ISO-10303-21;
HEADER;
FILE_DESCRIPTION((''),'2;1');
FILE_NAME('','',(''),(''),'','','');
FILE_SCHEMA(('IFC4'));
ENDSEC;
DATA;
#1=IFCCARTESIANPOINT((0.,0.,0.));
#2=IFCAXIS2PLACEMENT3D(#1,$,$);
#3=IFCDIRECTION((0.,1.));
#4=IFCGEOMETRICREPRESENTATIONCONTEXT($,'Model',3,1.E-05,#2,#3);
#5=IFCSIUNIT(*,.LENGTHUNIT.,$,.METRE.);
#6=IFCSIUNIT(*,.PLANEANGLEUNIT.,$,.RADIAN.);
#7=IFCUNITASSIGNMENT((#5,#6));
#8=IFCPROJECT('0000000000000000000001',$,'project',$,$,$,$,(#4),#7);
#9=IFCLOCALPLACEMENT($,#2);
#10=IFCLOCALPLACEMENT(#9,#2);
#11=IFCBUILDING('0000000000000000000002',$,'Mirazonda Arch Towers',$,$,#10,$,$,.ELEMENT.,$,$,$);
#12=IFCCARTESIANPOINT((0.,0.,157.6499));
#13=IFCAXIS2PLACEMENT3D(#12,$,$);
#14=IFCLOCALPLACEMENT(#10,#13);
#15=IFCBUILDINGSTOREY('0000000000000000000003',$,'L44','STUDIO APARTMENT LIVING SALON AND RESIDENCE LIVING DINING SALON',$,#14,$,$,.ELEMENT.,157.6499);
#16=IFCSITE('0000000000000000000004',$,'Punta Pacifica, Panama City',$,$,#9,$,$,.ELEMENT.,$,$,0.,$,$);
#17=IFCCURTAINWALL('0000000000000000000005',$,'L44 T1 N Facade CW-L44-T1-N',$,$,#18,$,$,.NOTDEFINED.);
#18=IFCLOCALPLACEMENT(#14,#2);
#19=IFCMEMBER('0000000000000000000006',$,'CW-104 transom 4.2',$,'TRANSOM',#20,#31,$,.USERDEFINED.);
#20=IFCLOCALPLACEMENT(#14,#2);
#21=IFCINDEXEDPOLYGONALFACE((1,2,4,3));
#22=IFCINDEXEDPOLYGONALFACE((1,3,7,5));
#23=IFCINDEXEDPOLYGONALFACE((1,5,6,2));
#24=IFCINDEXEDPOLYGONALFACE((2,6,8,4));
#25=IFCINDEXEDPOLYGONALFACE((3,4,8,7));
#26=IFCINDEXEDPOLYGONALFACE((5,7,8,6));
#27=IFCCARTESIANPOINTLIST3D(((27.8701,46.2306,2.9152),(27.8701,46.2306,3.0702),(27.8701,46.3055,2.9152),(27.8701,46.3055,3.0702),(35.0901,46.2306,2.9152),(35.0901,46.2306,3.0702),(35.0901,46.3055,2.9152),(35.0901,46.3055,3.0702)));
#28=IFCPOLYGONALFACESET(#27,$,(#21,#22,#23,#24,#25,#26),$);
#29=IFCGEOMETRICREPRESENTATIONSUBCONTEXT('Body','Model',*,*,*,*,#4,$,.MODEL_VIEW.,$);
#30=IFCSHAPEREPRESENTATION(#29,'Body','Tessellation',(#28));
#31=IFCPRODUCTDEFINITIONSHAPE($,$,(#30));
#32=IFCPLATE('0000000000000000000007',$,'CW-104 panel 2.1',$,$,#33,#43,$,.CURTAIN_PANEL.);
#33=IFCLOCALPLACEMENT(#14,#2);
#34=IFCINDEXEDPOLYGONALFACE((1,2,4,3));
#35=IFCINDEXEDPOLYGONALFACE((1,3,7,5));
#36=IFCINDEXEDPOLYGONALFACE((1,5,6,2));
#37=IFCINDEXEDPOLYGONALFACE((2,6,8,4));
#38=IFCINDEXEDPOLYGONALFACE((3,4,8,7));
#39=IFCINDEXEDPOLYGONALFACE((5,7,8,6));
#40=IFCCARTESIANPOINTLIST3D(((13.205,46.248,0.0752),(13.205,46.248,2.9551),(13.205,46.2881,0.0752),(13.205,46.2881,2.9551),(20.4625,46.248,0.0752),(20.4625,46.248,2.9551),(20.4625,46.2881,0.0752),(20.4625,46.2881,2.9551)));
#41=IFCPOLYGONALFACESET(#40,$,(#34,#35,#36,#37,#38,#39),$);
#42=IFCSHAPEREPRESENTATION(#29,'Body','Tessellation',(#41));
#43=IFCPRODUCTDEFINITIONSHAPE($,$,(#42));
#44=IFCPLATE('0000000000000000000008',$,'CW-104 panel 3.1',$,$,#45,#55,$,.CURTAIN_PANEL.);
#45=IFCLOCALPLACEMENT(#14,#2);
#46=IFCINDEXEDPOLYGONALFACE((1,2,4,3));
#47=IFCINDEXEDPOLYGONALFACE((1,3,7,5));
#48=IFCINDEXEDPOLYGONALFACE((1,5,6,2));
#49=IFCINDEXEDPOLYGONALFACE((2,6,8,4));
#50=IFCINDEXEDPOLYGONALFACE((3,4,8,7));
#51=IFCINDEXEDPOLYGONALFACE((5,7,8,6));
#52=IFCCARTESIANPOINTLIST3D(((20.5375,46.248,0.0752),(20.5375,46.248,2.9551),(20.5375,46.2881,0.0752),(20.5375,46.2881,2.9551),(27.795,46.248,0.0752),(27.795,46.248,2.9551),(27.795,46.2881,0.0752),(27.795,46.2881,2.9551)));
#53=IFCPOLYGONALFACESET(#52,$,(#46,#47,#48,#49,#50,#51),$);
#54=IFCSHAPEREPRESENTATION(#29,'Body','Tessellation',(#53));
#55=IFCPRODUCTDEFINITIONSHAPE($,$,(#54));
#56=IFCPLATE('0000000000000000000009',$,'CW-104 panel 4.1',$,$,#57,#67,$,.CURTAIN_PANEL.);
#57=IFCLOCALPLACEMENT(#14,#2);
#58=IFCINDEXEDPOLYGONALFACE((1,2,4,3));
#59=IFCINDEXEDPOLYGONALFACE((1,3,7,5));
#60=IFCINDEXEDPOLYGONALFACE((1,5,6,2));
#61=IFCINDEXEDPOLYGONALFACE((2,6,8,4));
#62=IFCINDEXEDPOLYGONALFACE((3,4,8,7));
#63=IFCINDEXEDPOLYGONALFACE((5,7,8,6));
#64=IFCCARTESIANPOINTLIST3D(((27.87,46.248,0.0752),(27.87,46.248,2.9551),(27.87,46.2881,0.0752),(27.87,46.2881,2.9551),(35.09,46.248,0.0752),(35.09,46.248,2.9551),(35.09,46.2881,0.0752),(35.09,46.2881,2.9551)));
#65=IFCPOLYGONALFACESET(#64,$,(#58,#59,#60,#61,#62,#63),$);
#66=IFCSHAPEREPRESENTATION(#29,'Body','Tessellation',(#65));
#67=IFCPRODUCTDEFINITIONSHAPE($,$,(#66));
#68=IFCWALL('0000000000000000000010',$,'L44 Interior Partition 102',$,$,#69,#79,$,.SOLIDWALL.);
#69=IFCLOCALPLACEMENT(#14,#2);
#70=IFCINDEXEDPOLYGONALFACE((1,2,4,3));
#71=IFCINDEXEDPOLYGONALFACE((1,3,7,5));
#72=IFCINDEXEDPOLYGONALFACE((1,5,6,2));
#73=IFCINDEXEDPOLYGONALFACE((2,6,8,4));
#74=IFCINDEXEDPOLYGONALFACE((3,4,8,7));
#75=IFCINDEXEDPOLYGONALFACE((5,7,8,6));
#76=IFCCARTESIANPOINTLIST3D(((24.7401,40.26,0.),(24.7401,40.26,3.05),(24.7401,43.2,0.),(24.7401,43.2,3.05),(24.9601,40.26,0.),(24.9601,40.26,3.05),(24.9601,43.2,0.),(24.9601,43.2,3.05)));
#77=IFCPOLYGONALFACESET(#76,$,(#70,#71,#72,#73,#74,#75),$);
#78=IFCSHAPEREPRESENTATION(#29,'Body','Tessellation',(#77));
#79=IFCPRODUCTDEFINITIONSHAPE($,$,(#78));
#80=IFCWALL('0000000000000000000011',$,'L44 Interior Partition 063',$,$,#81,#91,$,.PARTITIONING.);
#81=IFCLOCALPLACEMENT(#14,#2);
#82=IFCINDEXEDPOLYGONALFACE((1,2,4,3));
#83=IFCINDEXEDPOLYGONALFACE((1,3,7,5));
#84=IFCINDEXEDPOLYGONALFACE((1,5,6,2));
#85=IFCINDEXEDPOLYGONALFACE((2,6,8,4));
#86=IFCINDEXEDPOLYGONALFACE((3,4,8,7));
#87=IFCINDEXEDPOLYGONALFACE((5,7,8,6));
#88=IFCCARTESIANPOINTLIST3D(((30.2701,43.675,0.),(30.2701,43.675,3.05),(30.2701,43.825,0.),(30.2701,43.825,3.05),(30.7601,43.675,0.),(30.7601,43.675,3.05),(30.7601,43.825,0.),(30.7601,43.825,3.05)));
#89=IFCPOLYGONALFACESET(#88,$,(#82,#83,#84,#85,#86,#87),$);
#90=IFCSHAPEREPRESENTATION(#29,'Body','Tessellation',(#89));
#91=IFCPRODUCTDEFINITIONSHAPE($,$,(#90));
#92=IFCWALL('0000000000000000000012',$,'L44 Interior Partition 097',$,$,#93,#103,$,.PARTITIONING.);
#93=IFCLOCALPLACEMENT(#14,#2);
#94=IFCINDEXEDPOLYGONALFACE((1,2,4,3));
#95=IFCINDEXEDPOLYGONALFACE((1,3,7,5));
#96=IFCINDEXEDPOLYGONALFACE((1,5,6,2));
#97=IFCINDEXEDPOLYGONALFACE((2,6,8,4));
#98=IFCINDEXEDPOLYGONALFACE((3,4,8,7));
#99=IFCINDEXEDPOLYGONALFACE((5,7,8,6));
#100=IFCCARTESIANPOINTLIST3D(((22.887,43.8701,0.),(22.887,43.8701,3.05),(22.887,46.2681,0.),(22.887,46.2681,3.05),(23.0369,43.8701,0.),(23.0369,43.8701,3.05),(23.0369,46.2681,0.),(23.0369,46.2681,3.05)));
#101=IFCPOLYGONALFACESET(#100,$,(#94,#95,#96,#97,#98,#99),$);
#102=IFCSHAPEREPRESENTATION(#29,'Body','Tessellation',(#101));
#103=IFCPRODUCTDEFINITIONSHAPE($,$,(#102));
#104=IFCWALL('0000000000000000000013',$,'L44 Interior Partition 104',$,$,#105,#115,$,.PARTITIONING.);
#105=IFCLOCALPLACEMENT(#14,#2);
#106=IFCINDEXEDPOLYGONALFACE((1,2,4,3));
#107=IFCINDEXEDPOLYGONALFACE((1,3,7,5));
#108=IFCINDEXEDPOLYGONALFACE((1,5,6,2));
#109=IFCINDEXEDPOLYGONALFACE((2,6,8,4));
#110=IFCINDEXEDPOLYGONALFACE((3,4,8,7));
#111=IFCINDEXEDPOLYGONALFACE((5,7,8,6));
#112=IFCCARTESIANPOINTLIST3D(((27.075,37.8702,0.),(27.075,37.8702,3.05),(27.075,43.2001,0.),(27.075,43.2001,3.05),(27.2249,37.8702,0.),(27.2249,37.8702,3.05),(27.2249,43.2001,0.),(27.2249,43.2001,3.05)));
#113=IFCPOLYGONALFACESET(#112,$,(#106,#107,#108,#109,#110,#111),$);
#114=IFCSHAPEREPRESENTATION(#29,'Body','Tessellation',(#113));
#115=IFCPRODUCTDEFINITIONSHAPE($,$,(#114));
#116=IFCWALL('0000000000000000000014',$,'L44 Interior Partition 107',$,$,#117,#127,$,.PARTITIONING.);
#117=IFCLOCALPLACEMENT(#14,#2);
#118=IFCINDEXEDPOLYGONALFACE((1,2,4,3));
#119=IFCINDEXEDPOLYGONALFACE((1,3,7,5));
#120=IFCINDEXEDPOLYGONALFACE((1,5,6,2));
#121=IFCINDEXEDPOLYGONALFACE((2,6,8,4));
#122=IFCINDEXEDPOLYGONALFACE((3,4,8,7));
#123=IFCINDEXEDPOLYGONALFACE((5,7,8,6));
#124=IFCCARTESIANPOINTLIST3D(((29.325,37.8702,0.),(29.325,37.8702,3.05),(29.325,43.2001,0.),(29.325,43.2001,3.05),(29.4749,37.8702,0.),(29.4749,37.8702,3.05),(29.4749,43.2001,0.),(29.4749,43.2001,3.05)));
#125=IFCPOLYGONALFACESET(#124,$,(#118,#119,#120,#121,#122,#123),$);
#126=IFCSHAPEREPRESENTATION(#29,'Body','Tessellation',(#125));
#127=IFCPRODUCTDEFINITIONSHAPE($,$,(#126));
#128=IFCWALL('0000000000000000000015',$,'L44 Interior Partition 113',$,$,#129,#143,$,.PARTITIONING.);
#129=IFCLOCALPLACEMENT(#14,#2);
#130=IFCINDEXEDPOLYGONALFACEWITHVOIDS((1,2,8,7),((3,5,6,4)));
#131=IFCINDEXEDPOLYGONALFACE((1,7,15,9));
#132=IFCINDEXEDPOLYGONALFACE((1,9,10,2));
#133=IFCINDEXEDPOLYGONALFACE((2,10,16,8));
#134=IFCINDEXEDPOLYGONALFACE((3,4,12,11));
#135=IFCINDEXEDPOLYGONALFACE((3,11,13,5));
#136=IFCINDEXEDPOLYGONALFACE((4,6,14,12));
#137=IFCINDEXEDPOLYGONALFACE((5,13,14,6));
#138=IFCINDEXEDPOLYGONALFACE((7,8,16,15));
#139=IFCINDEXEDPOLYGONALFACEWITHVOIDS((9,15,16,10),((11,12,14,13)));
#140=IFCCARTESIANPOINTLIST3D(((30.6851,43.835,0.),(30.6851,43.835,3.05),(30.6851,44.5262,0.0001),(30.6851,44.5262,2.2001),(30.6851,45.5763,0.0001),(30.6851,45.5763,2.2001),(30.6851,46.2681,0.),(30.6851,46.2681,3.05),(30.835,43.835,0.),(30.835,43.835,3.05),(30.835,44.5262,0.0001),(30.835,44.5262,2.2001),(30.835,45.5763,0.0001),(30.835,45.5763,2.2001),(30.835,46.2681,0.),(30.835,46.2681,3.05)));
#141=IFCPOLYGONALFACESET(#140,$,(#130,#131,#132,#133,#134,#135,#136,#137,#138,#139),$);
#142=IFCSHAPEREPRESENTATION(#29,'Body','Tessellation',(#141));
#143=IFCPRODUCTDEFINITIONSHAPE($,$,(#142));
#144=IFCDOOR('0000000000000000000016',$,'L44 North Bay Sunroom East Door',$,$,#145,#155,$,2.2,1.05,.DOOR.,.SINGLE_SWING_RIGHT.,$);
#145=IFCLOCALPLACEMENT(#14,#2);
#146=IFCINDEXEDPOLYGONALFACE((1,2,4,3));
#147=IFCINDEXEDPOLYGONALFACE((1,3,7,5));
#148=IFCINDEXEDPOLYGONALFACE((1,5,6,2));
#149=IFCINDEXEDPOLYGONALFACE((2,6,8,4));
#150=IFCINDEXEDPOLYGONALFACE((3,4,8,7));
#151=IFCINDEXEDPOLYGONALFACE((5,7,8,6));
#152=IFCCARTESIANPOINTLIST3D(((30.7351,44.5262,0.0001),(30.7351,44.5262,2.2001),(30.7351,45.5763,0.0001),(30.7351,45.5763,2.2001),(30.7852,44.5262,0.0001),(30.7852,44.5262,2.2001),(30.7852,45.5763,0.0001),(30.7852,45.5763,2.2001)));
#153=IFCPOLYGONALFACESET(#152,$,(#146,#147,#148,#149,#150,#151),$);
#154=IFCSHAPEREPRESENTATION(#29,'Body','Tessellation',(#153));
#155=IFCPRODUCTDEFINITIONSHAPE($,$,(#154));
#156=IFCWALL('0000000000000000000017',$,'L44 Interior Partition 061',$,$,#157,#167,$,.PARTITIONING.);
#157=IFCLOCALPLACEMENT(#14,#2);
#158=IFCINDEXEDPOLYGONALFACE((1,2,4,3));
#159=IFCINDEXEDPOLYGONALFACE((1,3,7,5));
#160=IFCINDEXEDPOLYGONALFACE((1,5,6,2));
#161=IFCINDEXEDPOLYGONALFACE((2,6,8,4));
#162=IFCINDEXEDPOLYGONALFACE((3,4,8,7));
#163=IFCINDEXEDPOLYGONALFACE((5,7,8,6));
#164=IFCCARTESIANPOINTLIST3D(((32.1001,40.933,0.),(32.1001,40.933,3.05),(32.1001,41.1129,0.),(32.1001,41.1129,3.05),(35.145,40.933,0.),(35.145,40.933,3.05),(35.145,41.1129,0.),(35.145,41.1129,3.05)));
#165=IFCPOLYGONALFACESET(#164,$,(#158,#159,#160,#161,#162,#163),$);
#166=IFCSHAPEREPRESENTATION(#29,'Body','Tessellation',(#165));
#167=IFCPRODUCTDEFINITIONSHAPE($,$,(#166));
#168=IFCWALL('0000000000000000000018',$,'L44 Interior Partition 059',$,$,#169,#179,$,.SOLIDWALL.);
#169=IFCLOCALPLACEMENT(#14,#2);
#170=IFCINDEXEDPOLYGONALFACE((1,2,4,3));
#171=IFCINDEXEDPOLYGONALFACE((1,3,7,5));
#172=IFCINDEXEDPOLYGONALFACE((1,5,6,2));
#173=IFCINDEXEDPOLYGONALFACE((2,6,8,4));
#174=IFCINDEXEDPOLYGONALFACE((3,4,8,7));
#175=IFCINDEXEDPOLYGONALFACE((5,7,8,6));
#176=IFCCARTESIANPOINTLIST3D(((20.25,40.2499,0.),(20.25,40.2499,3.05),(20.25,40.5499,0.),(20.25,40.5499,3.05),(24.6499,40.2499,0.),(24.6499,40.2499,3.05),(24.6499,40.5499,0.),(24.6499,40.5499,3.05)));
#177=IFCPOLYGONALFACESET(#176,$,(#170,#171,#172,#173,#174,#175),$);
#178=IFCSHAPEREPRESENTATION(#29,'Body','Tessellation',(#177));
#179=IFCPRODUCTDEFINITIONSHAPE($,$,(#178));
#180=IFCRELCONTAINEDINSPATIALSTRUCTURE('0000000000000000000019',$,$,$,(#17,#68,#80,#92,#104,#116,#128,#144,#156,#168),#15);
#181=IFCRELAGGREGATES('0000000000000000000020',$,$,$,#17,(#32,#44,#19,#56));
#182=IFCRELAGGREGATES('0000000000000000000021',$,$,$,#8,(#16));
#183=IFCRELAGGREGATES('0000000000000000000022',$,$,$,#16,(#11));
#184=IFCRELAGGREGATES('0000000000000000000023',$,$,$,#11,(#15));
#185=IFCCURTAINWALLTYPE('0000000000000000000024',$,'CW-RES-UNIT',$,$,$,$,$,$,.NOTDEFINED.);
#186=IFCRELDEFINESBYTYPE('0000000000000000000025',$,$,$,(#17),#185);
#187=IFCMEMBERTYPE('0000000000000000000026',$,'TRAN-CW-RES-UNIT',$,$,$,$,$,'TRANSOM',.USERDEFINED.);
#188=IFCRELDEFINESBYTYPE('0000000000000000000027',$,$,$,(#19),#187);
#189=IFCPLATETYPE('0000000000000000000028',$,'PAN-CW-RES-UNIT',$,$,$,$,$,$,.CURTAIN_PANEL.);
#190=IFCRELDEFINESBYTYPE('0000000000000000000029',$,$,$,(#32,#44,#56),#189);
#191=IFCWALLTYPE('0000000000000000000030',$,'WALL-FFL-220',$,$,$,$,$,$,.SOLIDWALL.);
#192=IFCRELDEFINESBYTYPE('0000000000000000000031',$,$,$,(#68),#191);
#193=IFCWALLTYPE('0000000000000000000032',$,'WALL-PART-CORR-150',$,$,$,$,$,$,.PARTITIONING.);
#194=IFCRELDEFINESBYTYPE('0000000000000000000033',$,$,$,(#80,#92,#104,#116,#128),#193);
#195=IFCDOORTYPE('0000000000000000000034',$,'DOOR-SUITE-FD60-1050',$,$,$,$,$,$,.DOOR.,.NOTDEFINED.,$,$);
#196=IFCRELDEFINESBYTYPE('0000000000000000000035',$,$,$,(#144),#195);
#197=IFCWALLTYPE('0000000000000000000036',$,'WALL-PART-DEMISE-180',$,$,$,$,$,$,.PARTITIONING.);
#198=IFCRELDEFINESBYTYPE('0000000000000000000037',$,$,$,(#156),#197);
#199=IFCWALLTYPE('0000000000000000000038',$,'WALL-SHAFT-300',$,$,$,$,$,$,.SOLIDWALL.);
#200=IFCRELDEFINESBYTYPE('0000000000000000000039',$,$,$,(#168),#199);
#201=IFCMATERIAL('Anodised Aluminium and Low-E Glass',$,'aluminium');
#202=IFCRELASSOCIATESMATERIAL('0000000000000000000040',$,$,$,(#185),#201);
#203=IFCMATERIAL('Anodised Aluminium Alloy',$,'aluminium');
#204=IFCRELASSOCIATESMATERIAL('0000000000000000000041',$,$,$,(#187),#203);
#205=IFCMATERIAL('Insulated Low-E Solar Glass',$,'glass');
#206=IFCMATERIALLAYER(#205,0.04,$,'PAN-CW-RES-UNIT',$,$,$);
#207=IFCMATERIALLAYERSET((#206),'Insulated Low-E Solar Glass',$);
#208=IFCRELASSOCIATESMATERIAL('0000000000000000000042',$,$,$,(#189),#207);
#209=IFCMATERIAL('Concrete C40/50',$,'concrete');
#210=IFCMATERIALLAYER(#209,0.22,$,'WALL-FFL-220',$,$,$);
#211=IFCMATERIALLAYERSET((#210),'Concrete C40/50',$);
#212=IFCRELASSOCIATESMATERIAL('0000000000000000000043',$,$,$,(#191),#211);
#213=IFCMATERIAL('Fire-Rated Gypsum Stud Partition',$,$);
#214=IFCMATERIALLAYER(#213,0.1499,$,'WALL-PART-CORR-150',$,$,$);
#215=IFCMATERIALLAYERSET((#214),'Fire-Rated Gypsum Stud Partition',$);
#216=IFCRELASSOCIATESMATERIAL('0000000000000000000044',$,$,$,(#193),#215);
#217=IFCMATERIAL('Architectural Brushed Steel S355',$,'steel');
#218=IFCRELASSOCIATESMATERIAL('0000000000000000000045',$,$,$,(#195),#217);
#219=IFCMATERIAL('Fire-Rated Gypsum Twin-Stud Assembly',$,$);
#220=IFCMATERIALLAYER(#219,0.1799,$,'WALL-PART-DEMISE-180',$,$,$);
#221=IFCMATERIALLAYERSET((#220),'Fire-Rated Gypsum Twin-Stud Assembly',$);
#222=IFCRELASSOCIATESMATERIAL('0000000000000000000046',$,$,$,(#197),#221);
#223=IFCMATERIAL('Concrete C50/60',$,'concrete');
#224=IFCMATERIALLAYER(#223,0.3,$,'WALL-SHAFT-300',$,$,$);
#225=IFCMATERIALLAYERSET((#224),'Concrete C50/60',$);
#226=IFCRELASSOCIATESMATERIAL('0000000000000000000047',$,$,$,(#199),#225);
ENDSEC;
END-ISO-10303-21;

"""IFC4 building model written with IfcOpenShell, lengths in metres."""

from ifc_helpers import new_model, si_unit, direction, frame, frame_2d, origin, origin_2d, place, context, subcontext, project, spatial, rectangle, extrude, material, layer, layer_set, material_profile, profile_set, type_object, element, fill, aggregate, save


model = new_model("IFC4")

# Units and contexts
model_context = context("Model", 3, precision=1e-05, world=origin(), true_north=direction((0.0, 1.0)))
body_context = subcontext(model_context, "Body", "Model", "MODEL_VIEW")
ifc_project = project(units=[si_unit("LENGTHUNIT", "METRE"), si_unit("PLANEANGLEUNIT", "RADIAN")], contexts=[model_context])

# Site, building, storey
site_placement = place(None, origin())
site = spatial("IfcSite", under=ifc_project, at=site_placement, Name="Punta Pacifica, Panama City", CompositionType="ELEMENT", RefElevation=0.0)
building_placement = place(site_placement, origin())
building = spatial("IfcBuilding", under=site, at=building_placement, Name="Mirazonda Arch Towers", CompositionType="ELEMENT")
storey_placement = place(building_placement, frame((0.0, 0.0, 157.6499)))
storey = spatial("IfcBuildingStorey", under=building, at=storey_placement, Name="L44", Description="STUDIO APARTMENT LIVING SALON AND RESIDENCE LIVING DINING SALON", CompositionType="ELEMENT", Elevation=157.6499)

# Shared definitions
ifc_material_1 = material(Name="Concrete C50/60", Category="concrete")

# Curtain wall, member, plates
ifc_material_2 = material(Name="Anodised Aluminium and Low-E Glass", Category="aluminium")
curtain_wall_type = type_object("IfcCurtainWallType", Name="CW-RES-UNIT", PredefinedType="NOTDEFINED", material=ifc_material_2)
curtain_wall_placement = place(storey_placement, origin())
curtain_wall = element("IfcCurtainWall", 1, at=curtain_wall_placement, inside=storey, type_object=curtain_wall_type, Name="L44 T1 N Facade CW-L44-T1-N", PredefinedType="NOTDEFINED")
ifc_material_3 = material(Name="Anodised Aluminium Alloy", Category="aluminium")
ifc_material_profile_1 = material_profile(ifc_material_3, rectangle(XDim=0.075, YDim=0.155, at=origin_2d()), Name="ALU-TRAN-75x155")
ifc_profile_set_1 = profile_set([ifc_material_profile_1], Name="Anodised Aluminium Alloy")
member_type_1 = type_object("IfcMemberType", Name="TRAN-CW-RES-UNIT", ElementType="TRANSOM", PredefinedType="USERDEFINED", material=ifc_profile_set_1)
member_1_placement = place(storey_placement, frame((27.8701, 46.2681, 2.9927), z_axis=(1.0, 0.0, 0.0), x_axis=(0.0, 1.0, 0.0)))
member_1 = element("IfcMember", 2, at=member_1_placement, type_object=member_type_1, Name="CW-104 transom 4.2", ObjectType="TRANSOM", PredefinedType="USERDEFINED", context=body_context, shape_type="SweptSolid", body=[
    extrude(rectangle(XDim=0.075, YDim=0.155, at=origin_2d()), origin(), (0.0, 0.0, 1.0), 7.22),
])
ifc_material_4 = material(Name="Insulated Low-E Solar Glass", Category="glass")
ifc_layer_1 = layer(ifc_material_4, 0.04, Name="PAN-CW-RES-UNIT")
ifc_layer_set_1 = layer_set([ifc_layer_1], Name="Insulated Low-E Solar Glass")
plate_type = type_object("IfcPlateType", Name="PAN-CW-RES-UNIT", PredefinedType="CURTAIN_PANEL", material=ifc_layer_set_1)
plate_1_placement = place(storey_placement, frame((16.8337, 46.2681, 0.0752), z_axis=(0.0, 0.0, 1.0), x_axis=(1.0, 0.0, 0.0)))
plate_1 = element("IfcPlate", 3, at=plate_1_placement, type_object=plate_type, Name="CW-104 panel 2.1", PredefinedType="CURTAIN_PANEL", context=body_context, shape_type="SweptSolid", body=[
    extrude(rectangle(XDim=7.2576, YDim=0.04, at=origin_2d()), origin(), (0.0, 0.0, 1.0), 2.8799),
])
plate_2_placement = place(storey_placement, frame((24.1663, 46.2681, 0.0752), z_axis=(0.0, 0.0, 1.0), x_axis=(1.0, 0.0, 0.0)))
plate_2 = element("IfcPlate", 4, at=plate_2_placement, type_object=plate_type, Name="CW-104 panel 3.1", PredefinedType="CURTAIN_PANEL", context=body_context, shape_type="SweptSolid", body=[
    extrude(rectangle(XDim=7.2576, YDim=0.04, at=origin_2d()), origin(), (0.0, 0.0, 1.0), 2.8799),
])
plate_3_placement = place(storey_placement, frame((31.48, 46.2681, 0.0752), z_axis=(0.0, 0.0, 1.0), x_axis=(1.0, 0.0, 0.0)))
plate_3 = element("IfcPlate", 5, at=plate_3_placement, type_object=plate_type, Name="CW-104 panel 4.1", PredefinedType="CURTAIN_PANEL", context=body_context, shape_type="SweptSolid", body=[
    extrude(rectangle(XDim=7.22, YDim=0.04, at=origin_2d()), origin(), (0.0, 0.0, 1.0), 2.8799),
])
aggregate(curtain_wall, [plate_1, plate_2, member_1, plate_3])

# Walls
ifc_material_5 = material(Name="Concrete C40/50", Category="concrete")
ifc_layer_2 = layer(ifc_material_5, 0.22, Name="WALL-FFL-220")
ifc_layer_set_2 = layer_set([ifc_layer_2], Name="Concrete C40/50")
wall_type_1 = type_object("IfcWallType", Name="WALL-FFL-220", PredefinedType="SOLIDWALL", material=ifc_layer_set_2)
wall_1_placement = place(storey_placement, frame((24.8501, 40.26, 0.0), z_axis=(0.0, 0.0, 1.0), x_axis=(0.0, 1.0, 0.0)))
element("IfcWall", 6, at=wall_1_placement, inside=storey, type_object=wall_type_1, Name="L44 Interior Partition 102", PredefinedType="SOLIDWALL", context=body_context, shape_type="SweptSolid", body=[
    extrude(rectangle(XDim=2.9399, YDim=0.22, at=frame_2d((1.47, 0.0))), origin(), (0.0, 0.0, 1.0), 3.05),
])
ifc_material_6 = material(Name="Fire-Rated Gypsum Stud Partition")
ifc_layer_3 = layer(ifc_material_6, 0.1499, Name="WALL-PART-CORR-150")
ifc_layer_set_3 = layer_set([ifc_layer_3], Name="Fire-Rated Gypsum Stud Partition")
wall_type_2 = type_object("IfcWallType", Name="WALL-PART-CORR-150", PredefinedType="PARTITIONING", material=ifc_layer_set_3)
wall_2_placement = place(storey_placement, frame((30.27, 43.75, 0.0), z_axis=(0.0, 0.0, 1.0), x_axis=(1.0, 0.0, 0.0)))
element("IfcWall", 7, at=wall_2_placement, inside=storey, type_object=wall_type_2, Name="L44 Interior Partition 063", PredefinedType="PARTITIONING", context=body_context, shape_type="SweptSolid", body=[
    extrude(rectangle(XDim=0.49, YDim=0.1499, at=frame_2d((0.2451, 0.0))), origin(), (0.0, 0.0, 1.0), 3.05),
])
wall_3_placement = place(storey_placement, frame((22.9619, 43.8701, 0.0), z_axis=(0.0, 0.0, 1.0), x_axis=(0.0, 1.0, 0.0)))
element("IfcWall", 8, at=wall_3_placement, inside=storey, type_object=wall_type_2, Name="L44 Interior Partition 097", PredefinedType="PARTITIONING", context=body_context, shape_type="SweptSolid", body=[
    extrude(rectangle(XDim=2.3979, YDim=0.1499, at=frame_2d((1.199, 0.0))), origin(), (0.0, 0.0, 1.0), 3.05),
])
for number, where, z_axis, x_axis, name in (
    (9, (27.1499, 37.8701, 0.0), (0.0, 0.0, 1.0), (0.0, 1.0, 0.0), "L44 Interior Partition 104"),
    (10, (29.3999, 37.8701, 0.0), (0.0, 0.0, 1.0), (0.0, 1.0, 0.0), "L44 Interior Partition 107"),
):
    element("IfcWall", number, at=place(storey_placement, frame(where, z_axis=z_axis, x_axis=x_axis)), inside=storey, type_object=wall_type_2, Name=name, PredefinedType="PARTITIONING", context=body_context, shape_type="SweptSolid", body=[
        extrude(rectangle(XDim=5.3298, YDim=0.1499, at=frame_2d((2.665, 0.0))), origin(), (0.0, 0.0, 1.0), 3.05),
    ])

# Wall, opening, door
wall_4_placement = place(storey_placement, frame((30.76, 43.835, 0.0), z_axis=(0.0, 0.0, 1.0), x_axis=(0.0, 1.0, 0.0)))
wall_4 = element("IfcWall", 11, at=wall_4_placement, inside=storey, type_object=wall_type_2, Name="L44 Interior Partition 113", PredefinedType="PARTITIONING", context=body_context, shape_type="SweptSolid", body=[
    extrude(rectangle(XDim=2.4331, YDim=0.1499, at=frame_2d((1.2166, 0.0))), origin(), (0.0, 0.0, 1.0), 3.05),
])
opening_1_placement = place(wall_4_placement, frame((0.6914, 0.0, 0.0)))
opening_1 = element("IfcOpeningElement", 12, at=opening_1_placement, cuts=wall_4, PredefinedType="OPENING", context=body_context, shape_type="SweptSolid", body=[
    extrude(rectangle(XDim=1.05, YDim=2.2, at=frame_2d((0.5249, 1.1001))), frame((0.0, 0.085, 0.0), z_axis=(0.0, -1.0, 0.0), x_axis=(1.0, 0.0, 0.0)), (0.0, 0.0, 1.0), 0.1699),
])
ifc_material_7 = material(Name="Architectural Brushed Steel S355", Category="steel")
door_type_1 = type_object("IfcDoorType", Name="DOOR-SUITE-FD60-1050", OperationType="NOTDEFINED", PredefinedType="DOOR", material=ifc_material_7)
door_1_placement = place(opening_1_placement, origin())
door_1 = element("IfcDoor", 13, at=door_1_placement, inside=storey, type_object=door_type_1, Name="L44 North Bay Sunroom East Door", OperationType="SINGLE_SWING_RIGHT", OverallHeight=2.2, OverallWidth=1.05, PredefinedType="DOOR", context=body_context, shape_type="SweptSolid", body=[
    extrude(rectangle(XDim=1.05, YDim=2.2, at=frame_2d((0.5249, 1.1001))), frame((0.0, 0.0249, 0.0), z_axis=(0.0, -1.0, 0.0), x_axis=(1.0, 0.0, 0.0)), (0.0, 0.0, 1.0), 0.05),
])
fill(opening_1, door_1)

# Wall
ifc_material_8 = material(Name="Fire-Rated Gypsum Twin-Stud Assembly")
ifc_layer_4 = layer(ifc_material_8, 0.1799, Name="WALL-PART-DEMISE-180")
ifc_layer_set_4 = layer_set([ifc_layer_4], Name="Fire-Rated Gypsum Twin-Stud Assembly")
wall_type_3 = type_object("IfcWallType", Name="WALL-PART-DEMISE-180", PredefinedType="PARTITIONING", material=ifc_layer_set_4)
wall_5_placement = place(storey_placement, frame((32.1001, 41.0229, 0.0), z_axis=(0.0, 0.0, 1.0), x_axis=(1.0, 0.0, 0.0)))
element("IfcWall", 14, at=wall_5_placement, inside=storey, type_object=wall_type_3, Name="L44 Interior Partition 061", PredefinedType="PARTITIONING", context=body_context, shape_type="SweptSolid", body=[
    extrude(rectangle(XDim=3.0449, YDim=0.1799, at=frame_2d((1.5225, 0.0))), origin(), (0.0, 0.0, 1.0), 3.05),
])

# Wall
ifc_layer_5 = layer(ifc_material_1, 0.3, Name="WALL-SHAFT-300")
ifc_layer_set_5 = layer_set([ifc_layer_5], Name="Concrete C50/60")
wall_type_4 = type_object("IfcWallType", Name="WALL-SHAFT-300", PredefinedType="SOLIDWALL", material=ifc_layer_set_5)
wall_6_placement = place(storey_placement, frame((20.25, 40.3999, 0.0), z_axis=(0.0, 0.0, 1.0), x_axis=(1.0, 0.0, 0.0)))
element("IfcWall", 15, at=wall_6_placement, inside=storey, type_object=wall_type_4, Name="L44 Interior Partition 059", PredefinedType="SOLIDWALL", context=body_context, shape_type="SweptSolid", body=[
    extrude(rectangle(XDim=4.3999, YDim=0.3, at=frame_2d((2.2, 0.0))), origin(), (0.0, 0.0, 1.0), 3.05),
])

save(model, "model.ifc")
